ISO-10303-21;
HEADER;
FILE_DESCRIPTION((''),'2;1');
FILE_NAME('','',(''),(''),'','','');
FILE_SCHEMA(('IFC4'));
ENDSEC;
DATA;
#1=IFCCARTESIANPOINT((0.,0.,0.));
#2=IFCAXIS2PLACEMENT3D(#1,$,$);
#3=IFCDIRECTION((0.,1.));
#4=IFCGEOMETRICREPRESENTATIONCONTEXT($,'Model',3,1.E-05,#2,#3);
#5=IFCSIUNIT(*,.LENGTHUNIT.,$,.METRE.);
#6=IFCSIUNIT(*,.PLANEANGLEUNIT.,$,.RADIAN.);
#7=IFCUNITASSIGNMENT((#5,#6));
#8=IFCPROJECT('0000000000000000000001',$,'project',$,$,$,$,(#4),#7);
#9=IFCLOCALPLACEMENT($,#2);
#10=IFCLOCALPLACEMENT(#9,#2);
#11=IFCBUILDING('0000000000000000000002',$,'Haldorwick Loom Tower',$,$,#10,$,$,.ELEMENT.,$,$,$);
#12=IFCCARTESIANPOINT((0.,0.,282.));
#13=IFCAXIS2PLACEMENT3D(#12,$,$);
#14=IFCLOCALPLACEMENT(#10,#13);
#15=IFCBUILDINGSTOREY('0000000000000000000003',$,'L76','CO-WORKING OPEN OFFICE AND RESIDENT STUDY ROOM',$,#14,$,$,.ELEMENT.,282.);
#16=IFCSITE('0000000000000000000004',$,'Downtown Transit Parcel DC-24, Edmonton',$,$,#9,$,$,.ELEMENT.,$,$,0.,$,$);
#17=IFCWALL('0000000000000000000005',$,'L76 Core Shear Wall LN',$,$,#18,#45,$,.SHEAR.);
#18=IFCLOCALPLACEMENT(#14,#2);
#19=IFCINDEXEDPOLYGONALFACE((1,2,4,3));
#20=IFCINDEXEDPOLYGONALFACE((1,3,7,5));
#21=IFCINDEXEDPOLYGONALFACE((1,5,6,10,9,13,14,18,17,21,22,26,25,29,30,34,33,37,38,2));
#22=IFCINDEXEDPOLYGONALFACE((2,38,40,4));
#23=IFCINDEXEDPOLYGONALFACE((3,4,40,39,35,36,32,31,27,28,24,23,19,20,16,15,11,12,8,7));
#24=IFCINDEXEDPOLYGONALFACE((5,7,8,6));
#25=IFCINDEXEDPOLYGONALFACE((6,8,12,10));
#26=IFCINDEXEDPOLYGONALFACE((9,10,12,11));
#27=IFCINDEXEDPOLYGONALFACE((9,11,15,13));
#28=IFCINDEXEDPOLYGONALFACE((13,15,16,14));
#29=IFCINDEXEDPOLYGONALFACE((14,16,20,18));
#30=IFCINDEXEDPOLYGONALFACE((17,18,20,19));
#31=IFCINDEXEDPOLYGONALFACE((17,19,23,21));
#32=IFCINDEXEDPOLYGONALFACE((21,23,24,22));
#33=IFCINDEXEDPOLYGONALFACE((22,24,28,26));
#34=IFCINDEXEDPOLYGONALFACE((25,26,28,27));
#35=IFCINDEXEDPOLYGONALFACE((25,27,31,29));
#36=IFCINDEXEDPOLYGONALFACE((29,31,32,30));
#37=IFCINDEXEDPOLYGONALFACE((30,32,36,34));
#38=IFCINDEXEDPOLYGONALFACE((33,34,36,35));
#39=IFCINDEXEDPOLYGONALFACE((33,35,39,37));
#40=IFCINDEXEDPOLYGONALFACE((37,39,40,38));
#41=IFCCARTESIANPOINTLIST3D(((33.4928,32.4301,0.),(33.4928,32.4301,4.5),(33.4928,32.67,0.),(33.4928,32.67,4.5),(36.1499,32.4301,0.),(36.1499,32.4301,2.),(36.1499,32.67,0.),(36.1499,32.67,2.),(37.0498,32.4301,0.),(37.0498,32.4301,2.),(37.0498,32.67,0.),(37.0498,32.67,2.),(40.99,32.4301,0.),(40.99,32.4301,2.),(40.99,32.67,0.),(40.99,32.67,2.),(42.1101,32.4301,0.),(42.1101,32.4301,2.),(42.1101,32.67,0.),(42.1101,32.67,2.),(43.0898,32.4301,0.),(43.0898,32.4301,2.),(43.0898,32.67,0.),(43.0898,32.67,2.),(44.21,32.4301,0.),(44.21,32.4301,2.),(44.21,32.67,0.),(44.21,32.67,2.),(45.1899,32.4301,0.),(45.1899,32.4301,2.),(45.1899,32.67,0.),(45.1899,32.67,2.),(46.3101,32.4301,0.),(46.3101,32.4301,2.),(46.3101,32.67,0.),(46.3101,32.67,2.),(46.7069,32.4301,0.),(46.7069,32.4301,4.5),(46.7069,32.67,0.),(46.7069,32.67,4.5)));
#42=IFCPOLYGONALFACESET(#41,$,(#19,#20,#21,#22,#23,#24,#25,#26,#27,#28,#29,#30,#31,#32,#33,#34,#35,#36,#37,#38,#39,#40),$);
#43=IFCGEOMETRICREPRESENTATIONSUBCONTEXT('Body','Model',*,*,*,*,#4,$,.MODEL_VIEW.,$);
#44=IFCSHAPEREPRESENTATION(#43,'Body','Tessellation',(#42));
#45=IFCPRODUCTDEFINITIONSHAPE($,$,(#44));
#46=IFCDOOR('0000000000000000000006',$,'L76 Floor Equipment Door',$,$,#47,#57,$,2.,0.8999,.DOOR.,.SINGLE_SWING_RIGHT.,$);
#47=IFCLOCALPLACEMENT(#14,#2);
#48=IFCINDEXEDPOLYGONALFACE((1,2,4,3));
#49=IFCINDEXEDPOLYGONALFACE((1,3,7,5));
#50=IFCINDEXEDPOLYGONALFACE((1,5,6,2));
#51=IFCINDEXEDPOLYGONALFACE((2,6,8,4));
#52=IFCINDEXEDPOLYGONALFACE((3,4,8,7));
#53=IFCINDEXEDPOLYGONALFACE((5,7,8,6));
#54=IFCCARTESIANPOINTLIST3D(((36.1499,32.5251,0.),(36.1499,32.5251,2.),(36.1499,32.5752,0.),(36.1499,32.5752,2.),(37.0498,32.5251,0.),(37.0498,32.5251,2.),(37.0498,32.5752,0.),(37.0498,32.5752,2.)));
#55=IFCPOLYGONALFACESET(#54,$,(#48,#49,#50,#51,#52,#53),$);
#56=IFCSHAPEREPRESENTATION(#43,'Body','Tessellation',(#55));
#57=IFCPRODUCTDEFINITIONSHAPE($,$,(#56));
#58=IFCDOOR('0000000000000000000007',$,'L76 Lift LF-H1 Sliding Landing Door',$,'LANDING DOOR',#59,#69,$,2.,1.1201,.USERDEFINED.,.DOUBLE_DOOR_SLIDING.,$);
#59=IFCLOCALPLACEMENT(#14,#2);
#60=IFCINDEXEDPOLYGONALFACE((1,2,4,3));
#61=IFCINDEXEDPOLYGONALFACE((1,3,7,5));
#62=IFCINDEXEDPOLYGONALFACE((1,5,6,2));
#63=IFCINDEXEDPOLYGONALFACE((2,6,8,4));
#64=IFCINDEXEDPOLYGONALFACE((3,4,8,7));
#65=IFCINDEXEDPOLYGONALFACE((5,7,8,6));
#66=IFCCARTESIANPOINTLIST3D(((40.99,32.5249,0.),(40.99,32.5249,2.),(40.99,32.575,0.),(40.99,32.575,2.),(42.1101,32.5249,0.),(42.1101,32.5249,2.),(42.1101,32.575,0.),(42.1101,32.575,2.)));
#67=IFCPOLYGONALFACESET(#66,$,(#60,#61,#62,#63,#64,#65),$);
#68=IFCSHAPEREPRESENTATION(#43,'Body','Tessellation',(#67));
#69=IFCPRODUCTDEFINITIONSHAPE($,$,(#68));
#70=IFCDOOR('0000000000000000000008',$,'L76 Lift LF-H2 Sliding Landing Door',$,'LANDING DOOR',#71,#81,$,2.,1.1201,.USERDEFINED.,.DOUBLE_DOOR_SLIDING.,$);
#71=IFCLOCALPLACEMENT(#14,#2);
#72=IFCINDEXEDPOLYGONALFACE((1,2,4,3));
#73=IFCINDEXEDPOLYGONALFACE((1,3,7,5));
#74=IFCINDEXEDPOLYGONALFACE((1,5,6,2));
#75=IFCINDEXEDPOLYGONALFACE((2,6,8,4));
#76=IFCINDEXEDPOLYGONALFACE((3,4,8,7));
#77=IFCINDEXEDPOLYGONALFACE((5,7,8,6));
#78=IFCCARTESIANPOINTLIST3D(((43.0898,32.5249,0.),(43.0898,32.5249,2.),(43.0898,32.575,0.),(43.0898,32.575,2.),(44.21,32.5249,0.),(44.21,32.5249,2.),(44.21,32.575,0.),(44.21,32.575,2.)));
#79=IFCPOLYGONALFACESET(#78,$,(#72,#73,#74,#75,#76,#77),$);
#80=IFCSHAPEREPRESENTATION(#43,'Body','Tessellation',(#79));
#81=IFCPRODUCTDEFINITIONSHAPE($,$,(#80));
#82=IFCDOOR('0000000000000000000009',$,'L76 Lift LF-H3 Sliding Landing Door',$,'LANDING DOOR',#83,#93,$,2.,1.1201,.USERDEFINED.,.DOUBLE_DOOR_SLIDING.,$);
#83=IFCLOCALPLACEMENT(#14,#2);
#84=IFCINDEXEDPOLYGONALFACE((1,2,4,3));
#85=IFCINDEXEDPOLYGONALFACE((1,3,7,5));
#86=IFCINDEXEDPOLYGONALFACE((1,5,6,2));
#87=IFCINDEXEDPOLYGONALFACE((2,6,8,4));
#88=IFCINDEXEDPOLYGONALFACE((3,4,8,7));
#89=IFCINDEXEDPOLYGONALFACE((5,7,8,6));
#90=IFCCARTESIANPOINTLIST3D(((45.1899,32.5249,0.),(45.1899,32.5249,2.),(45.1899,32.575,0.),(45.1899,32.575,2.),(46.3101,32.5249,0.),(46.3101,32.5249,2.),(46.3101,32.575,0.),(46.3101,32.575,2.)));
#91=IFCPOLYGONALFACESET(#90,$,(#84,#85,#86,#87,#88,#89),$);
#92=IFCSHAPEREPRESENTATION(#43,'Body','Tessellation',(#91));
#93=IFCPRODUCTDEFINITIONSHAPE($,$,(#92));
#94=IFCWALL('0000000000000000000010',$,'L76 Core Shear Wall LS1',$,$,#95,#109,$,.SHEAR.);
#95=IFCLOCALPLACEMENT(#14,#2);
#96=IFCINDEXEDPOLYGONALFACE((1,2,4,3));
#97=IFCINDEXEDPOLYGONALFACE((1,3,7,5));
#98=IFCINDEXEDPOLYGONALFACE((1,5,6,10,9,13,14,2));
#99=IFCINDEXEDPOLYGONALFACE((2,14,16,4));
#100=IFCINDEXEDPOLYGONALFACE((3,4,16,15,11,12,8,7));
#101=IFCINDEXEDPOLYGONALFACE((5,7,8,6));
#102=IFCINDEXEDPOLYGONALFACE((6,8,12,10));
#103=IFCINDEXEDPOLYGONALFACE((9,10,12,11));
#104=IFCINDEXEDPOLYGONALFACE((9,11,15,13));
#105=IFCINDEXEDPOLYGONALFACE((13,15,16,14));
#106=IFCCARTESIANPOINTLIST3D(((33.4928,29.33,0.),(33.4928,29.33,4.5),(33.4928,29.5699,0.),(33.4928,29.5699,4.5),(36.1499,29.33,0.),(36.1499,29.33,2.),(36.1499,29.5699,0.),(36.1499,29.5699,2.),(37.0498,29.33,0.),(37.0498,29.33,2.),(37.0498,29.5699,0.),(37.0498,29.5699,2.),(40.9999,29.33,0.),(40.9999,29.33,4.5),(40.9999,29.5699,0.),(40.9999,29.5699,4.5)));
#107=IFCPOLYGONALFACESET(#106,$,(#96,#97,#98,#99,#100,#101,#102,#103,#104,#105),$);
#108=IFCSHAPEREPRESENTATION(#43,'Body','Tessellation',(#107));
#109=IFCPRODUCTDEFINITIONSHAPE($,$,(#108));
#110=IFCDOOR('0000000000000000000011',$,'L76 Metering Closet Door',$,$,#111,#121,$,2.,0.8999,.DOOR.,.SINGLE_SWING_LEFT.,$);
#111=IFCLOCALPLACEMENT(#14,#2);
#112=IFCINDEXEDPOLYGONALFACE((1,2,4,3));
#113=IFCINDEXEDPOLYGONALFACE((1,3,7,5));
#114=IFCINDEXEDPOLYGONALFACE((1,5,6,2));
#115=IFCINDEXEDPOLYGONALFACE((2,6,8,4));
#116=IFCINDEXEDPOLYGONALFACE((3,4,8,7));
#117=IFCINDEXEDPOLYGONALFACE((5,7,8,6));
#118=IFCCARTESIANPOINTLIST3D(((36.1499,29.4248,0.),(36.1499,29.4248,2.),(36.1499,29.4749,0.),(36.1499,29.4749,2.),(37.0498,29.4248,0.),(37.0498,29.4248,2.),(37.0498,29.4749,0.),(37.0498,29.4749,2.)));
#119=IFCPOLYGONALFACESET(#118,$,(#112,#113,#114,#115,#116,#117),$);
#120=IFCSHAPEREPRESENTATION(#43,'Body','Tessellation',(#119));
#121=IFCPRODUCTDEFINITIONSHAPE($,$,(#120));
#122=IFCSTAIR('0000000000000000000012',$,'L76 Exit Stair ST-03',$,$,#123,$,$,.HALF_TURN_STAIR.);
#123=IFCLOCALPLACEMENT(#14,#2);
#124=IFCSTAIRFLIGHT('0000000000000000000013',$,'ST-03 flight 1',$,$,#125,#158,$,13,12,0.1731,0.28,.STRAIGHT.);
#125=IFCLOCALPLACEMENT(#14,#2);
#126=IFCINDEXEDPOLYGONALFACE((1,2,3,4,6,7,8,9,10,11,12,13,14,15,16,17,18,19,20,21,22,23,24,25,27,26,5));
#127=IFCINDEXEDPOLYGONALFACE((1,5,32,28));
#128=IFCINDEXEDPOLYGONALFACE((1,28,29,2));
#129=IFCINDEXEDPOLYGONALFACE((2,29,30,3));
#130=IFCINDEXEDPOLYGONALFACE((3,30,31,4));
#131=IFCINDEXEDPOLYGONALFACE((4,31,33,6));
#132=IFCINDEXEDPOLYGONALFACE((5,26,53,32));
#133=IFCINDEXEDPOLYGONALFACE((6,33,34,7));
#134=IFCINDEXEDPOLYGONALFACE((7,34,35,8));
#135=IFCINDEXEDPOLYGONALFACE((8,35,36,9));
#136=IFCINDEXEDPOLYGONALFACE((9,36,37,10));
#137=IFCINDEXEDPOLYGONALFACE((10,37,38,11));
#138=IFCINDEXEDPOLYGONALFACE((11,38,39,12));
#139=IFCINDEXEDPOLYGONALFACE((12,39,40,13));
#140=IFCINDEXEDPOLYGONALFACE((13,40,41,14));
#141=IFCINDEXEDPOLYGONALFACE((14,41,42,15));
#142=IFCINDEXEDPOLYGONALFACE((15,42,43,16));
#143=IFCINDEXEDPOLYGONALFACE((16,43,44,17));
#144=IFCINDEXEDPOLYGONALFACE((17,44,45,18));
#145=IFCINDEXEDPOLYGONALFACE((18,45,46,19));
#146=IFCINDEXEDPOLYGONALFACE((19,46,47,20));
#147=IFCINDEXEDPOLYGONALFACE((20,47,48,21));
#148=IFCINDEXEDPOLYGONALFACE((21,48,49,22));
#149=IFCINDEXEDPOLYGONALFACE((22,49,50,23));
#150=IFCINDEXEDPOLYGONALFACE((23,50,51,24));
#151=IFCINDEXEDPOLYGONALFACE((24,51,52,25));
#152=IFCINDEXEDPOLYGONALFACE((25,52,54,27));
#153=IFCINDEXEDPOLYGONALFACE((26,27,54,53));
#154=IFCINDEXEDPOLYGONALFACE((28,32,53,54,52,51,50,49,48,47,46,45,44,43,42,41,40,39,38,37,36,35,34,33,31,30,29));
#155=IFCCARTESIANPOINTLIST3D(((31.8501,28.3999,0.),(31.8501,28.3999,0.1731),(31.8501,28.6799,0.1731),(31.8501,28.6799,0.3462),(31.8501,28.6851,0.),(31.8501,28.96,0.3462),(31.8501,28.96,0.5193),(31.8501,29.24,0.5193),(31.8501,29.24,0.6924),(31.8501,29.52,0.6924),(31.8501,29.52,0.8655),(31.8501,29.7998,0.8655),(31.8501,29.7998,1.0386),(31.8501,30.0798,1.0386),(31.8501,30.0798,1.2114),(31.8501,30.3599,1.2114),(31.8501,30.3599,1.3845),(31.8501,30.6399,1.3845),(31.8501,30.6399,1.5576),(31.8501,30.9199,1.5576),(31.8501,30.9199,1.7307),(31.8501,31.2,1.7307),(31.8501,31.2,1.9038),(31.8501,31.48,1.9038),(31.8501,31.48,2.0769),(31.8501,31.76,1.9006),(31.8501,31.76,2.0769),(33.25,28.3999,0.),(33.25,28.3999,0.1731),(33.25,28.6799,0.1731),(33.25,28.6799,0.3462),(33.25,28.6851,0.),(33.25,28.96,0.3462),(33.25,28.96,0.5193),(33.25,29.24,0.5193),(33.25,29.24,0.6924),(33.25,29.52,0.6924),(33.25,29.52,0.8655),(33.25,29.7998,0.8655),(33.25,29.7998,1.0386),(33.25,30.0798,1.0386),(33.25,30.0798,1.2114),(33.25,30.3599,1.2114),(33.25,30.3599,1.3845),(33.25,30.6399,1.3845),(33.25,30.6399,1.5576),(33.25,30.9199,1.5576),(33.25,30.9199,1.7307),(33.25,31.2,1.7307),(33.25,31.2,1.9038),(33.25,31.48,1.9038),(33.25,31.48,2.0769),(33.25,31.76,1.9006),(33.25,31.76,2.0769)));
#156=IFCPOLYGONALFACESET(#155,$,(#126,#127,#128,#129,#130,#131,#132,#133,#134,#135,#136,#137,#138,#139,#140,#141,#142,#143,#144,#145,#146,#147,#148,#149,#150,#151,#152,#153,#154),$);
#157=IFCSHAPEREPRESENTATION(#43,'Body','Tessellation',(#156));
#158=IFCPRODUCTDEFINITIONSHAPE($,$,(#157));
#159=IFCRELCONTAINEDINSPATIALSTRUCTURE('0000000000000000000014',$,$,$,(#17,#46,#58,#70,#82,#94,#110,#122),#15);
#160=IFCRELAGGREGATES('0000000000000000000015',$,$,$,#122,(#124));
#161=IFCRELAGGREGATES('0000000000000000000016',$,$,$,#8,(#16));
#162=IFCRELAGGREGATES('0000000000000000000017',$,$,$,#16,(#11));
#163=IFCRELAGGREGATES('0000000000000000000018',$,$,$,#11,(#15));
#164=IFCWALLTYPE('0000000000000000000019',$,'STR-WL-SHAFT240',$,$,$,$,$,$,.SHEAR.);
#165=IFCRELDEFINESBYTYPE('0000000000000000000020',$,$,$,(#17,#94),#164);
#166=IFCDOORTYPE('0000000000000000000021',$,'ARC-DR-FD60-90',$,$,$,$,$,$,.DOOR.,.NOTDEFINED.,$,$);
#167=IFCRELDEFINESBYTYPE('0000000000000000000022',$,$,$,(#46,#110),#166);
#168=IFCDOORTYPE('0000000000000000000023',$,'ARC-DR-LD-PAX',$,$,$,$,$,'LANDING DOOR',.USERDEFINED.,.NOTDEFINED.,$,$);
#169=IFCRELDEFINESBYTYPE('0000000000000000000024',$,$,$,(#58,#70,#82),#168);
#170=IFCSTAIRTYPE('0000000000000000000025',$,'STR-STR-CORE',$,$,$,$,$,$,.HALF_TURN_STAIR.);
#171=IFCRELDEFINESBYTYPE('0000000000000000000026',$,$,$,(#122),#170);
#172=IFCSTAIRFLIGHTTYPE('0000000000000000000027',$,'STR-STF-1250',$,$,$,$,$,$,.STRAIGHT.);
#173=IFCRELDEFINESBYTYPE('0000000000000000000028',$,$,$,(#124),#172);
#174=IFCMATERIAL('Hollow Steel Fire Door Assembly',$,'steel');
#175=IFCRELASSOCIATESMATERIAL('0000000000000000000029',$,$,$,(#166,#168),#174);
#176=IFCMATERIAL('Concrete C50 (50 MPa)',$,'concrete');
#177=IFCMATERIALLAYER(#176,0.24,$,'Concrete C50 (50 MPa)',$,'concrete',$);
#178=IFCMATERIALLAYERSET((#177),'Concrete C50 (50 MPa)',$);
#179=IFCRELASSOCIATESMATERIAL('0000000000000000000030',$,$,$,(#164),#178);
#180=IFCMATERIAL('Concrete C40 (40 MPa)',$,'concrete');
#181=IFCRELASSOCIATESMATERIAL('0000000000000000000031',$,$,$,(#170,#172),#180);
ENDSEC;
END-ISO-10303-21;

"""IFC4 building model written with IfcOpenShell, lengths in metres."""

from ifc_helpers import new_model, si_unit, direction, frame, frame_2d, origin, place, context, subcontext, project, spatial, polyline, rectangle, outline, extrude, material, layer, layer_set, type_object, element, fill, aggregate, save


model = new_model("IFC4")

# Units and contexts
model_context = context("Model", 3, precision=1e-05, world=origin(), true_north=direction((0.0, 1.0)))
body_context = subcontext(model_context, "Body", "Model", "MODEL_VIEW")
ifc_project = project(units=[si_unit("LENGTHUNIT", "METRE"), si_unit("PLANEANGLEUNIT", "RADIAN")], contexts=[model_context])

# Site, building, storey
site_placement = place(None, origin())
site = spatial("IfcSite", under=ifc_project, at=site_placement, Name="Downtown Transit Parcel DC-24, Edmonton", CompositionType="ELEMENT", RefElevation=0.0)
building_placement = place(site_placement, origin())
building = spatial("IfcBuilding", under=site, at=building_placement, Name="Haldorwick Loom Tower", CompositionType="ELEMENT")
storey_placement = place(building_placement, frame((0.0, 0.0, 282.0)))
storey = spatial("IfcBuildingStorey", under=building, at=storey_placement, Name="L76", Description="CO-WORKING OPEN OFFICE AND RESIDENT STUDY ROOM", CompositionType="ELEMENT", Elevation=282.0)

# Shared definitions
ifc_material_1 = material(Name="Hollow Steel Fire Door Assembly", Category="steel")
door_type_1 = type_object("IfcDoorType", Name="ARC-DR-FD60-90", OperationType="NOTDEFINED", PredefinedType="DOOR", material=ifc_material_1)

# Shared definitions
ifc_material_2 = material(Name="Concrete C50 (50 MPa)", Category="concrete")
ifc_layer_1 = layer(ifc_material_2, 0.24, Name="Concrete C50 (50 MPa)", Category="concrete")
ifc_layer_set_1 = layer_set([ifc_layer_1], Name="Concrete C50 (50 MPa)")
wall_type_1 = type_object("IfcWallType", Name="STR-WL-SHAFT240", PredefinedType="SHEAR", material=ifc_layer_set_1)

# Wall, openings, doors
wall_1_placement = place(storey_placement, frame((33.4929, 32.55, 0.0), z_axis=(0.0, 0.0, 1.0), x_axis=(1.0, 0.0, 0.0)))
wall_1 = element("IfcWall", 1, at=wall_1_placement, inside=storey, type_object=wall_type_1, Name="L76 Core Shear Wall LN", PredefinedType="SHEAR", context=body_context, shape_type="SweptSolid", body=[
    extrude(rectangle(XDim=13.2141, YDim=0.24, at=frame_2d((6.6069, 0.0))), origin(), (0.0, 0.0, 1.0), 4.5),
])
opening_1_placement = place(wall_1_placement, frame((2.657, 0.0, 0.0)))
opening_1 = element("IfcOpeningElement", 2, at=opening_1_placement, cuts=wall_1, PredefinedType="OPENING", context=body_context, shape_type="SweptSolid", body=[
    extrude(rectangle(XDim=0.8999, YDim=2.0, at=frame_2d((0.45, 1.0))), frame((0.0, 0.1299, 0.0), z_axis=(0.0, -1.0, 0.0), x_axis=(1.0, 0.0, 0.0)), (0.0, 0.0, 1.0), 0.26),
])
opening_2_placement = place(wall_1_placement, frame((7.4971, 0.0, 0.0)))
opening_2 = element("IfcOpeningElement", 3, at=opening_2_placement, cuts=wall_1, PredefinedType="OPENING", context=body_context, shape_type="SweptSolid", body=[
    extrude(rectangle(XDim=1.1201, YDim=2.0, at=frame_2d((0.5601, 1.0))), frame((0.0, 0.1299, 0.0), z_axis=(0.0, -1.0, 0.0), x_axis=(1.0, 0.0, 0.0)), (0.0, 0.0, 1.0), 0.26),
])
opening_3_placement = place(wall_1_placement, frame((9.5969, 0.0, 0.0)))
opening_3 = element("IfcOpeningElement", 4, at=opening_3_placement, cuts=wall_1, PredefinedType="OPENING", context=body_context, shape_type="SweptSolid", body=[
    extrude(rectangle(XDim=1.1201, YDim=2.0, at=frame_2d((0.5601, 1.0))), frame((0.0, 0.1299, 0.0), z_axis=(0.0, -1.0, 0.0), x_axis=(1.0, 0.0, 0.0)), (0.0, 0.0, 1.0), 0.26),
])
opening_4_placement = place(wall_1_placement, frame((11.697, 0.0, 0.0)))
opening_4 = element("IfcOpeningElement", 5, at=opening_4_placement, cuts=wall_1, PredefinedType="OPENING", context=body_context, shape_type="SweptSolid", body=[
    extrude(rectangle(XDim=1.1201, YDim=2.0, at=frame_2d((0.5601, 1.0))), frame((0.0, 0.1299, 0.0), z_axis=(0.0, -1.0, 0.0), x_axis=(1.0, 0.0, 0.0)), (0.0, 0.0, 1.0), 0.26),
])
door_1_placement = place(opening_1_placement, frame((0.8999, 0.0, 0.0), z_axis=(0.0, 0.0, 1.0), x_axis=(-1.0, 0.0, 0.0)))
door_1 = element("IfcDoor", 6, at=door_1_placement, inside=storey, type_object=door_type_1, Name="L76 Floor Equipment Door", OperationType="SINGLE_SWING_RIGHT", OverallHeight=2.0, OverallWidth=0.8999, PredefinedType="DOOR", context=body_context, shape_type="SweptSolid", body=[
    extrude(rectangle(XDim=0.8999, YDim=2.0, at=frame_2d((0.45, 1.0))), frame((0.0, 0.0249, 0.0), z_axis=(0.0, -1.0, 0.0), x_axis=(1.0, 0.0, 0.0)), (0.0, 0.0, 1.0), 0.05),
])
fill(opening_1, door_1)
door_type_2 = type_object("IfcDoorType", Name="ARC-DR-LD-PAX", ElementType="LANDING DOOR", OperationType="NOTDEFINED", PredefinedType="USERDEFINED", material=ifc_material_1)
door_2_placement = place(opening_2_placement, origin())
door_2 = element("IfcDoor", 7, at=door_2_placement, inside=storey, type_object=door_type_2, Name="L76 Lift LF-H1 Sliding Landing Door", ObjectType="LANDING DOOR", OperationType="DOUBLE_DOOR_SLIDING", OverallHeight=2.0, OverallWidth=1.1201, PredefinedType="USERDEFINED", context=body_context, shape_type="SweptSolid", body=[
    extrude(rectangle(XDim=1.1201, YDim=2.0, at=frame_2d((0.5601, 1.0))), frame((0.0, 0.0249, 0.0), z_axis=(0.0, -1.0, 0.0), x_axis=(1.0, 0.0, 0.0)), (0.0, 0.0, 1.0), 0.05),
])
fill(opening_2, door_2)
door_3_placement = place(opening_3_placement, origin())
door_3 = element("IfcDoor", 8, at=door_3_placement, inside=storey, type_object=door_type_2, Name="L76 Lift LF-H2 Sliding Landing Door", ObjectType="LANDING DOOR", OperationType="DOUBLE_DOOR_SLIDING", OverallHeight=2.0, OverallWidth=1.1201, PredefinedType="USERDEFINED", context=body_context, shape_type="SweptSolid", body=[
    extrude(rectangle(XDim=1.1201, YDim=2.0, at=frame_2d((0.5601, 1.0))), frame((0.0, 0.0249, 0.0), z_axis=(0.0, -1.0, 0.0), x_axis=(1.0, 0.0, 0.0)), (0.0, 0.0, 1.0), 0.05),
])
fill(opening_3, door_3)
door_4_placement = place(opening_4_placement, origin())
door_4 = element("IfcDoor", 9, at=door_4_placement, inside=storey, type_object=door_type_2, Name="L76 Lift LF-H3 Sliding Landing Door", ObjectType="LANDING DOOR", OperationType="DOUBLE_DOOR_SLIDING", OverallHeight=2.0, OverallWidth=1.1201, PredefinedType="USERDEFINED", context=body_context, shape_type="SweptSolid", body=[
    extrude(rectangle(XDim=1.1201, YDim=2.0, at=frame_2d((0.5601, 1.0))), frame((0.0, 0.0249, 0.0), z_axis=(0.0, -1.0, 0.0), x_axis=(1.0, 0.0, 0.0)), (0.0, 0.0, 1.0), 0.05),
])
fill(opening_4, door_4)

# Wall, opening, door
wall_2_placement = place(storey_placement, frame((33.4929, 29.45, 0.0), z_axis=(0.0, 0.0, 1.0), x_axis=(1.0, 0.0, 0.0)))
wall_2 = element("IfcWall", 10, at=wall_2_placement, inside=storey, type_object=wall_type_1, Name="L76 Core Shear Wall LS1", PredefinedType="SHEAR", context=body_context, shape_type="SweptSolid", body=[
    extrude(rectangle(XDim=7.5071, YDim=0.24, at=frame_2d((3.7534, 0.0))), origin(), (0.0, 0.0, 1.0), 4.5),
])
opening_5_placement = place(wall_2_placement, frame((2.657, 0.0, 0.0)))
opening_5 = element("IfcOpeningElement", 11, at=opening_5_placement, cuts=wall_2, PredefinedType="OPENING", context=body_context, shape_type="SweptSolid", body=[
    extrude(rectangle(XDim=0.8999, YDim=2.0, at=frame_2d((0.45, 1.0))), frame((0.0, 0.1299, 0.0), z_axis=(0.0, -1.0, 0.0), x_axis=(1.0, 0.0, 0.0)), (0.0, 0.0, 1.0), 0.26),
])
door_5_placement = place(opening_5_placement, origin())
door_5 = element("IfcDoor", 12, at=door_5_placement, inside=storey, type_object=door_type_1, Name="L76 Metering Closet Door", OperationType="SINGLE_SWING_LEFT", OverallHeight=2.0, OverallWidth=0.8999, PredefinedType="DOOR", context=body_context, shape_type="SweptSolid", body=[
    extrude(rectangle(XDim=0.8999, YDim=2.0, at=frame_2d((0.45, 1.0))), frame((0.0, 0.0249, 0.0), z_axis=(0.0, -1.0, 0.0), x_axis=(1.0, 0.0, 0.0)), (0.0, 0.0, 1.0), 0.05),
])
fill(opening_5, door_5)

# Stair, stair flight
ifc_material_3 = material(Name="Concrete C40 (40 MPa)", Category="concrete")
stair_type = type_object("IfcStairType", Name="STR-STR-CORE", PredefinedType="HALF_TURN_STAIR", material=ifc_material_3)
stair_placement = place(storey_placement, origin())
stair = element("IfcStair", 13, at=stair_placement, inside=storey, type_object=stair_type, Name="L76 Exit Stair ST-03", PredefinedType="HALF_TURN_STAIR")
stair_flight_type = type_object("IfcStairFlightType", Name="STR-STF-1250", PredefinedType="STRAIGHT", material=ifc_material_3)
stair_flight_1_placement = place(storey_placement, frame((32.55, 28.3999, 0.0), z_axis=(0.0, 0.0, 1.0), x_axis=(0.0, 1.0, 0.0)))
stair_flight_1 = element("IfcStairFlight", 14, at=stair_flight_1_placement, type_object=stair_flight_type, Name="ST-03 flight 1", NumberOfRisers=13, NumberOfTreads=12, PredefinedType="STRAIGHT", RiserHeight=0.1731, TreadLength=0.28, context=body_context, shape_type="SweptSolid", body=[
    extrude(outline(polyline([(0.0, 0.0), (0.0, 0.1731), (0.28, 0.1731), (0.28, 0.3462), (0.5601, 0.3462), (0.5601, 0.5193), (0.8401, 0.5193), (0.8401, 0.6924), (1.1201, 0.6924), (1.1201, 0.8655), (1.3999, 0.8655), (1.3999, 1.0386), (1.6799, 1.0386), (1.6799, 1.2114), (1.96, 1.2114), (1.96, 1.3845), (2.24, 1.3845), (2.24, 1.5576), (2.52, 1.5576), (2.52, 1.7307), (2.8, 1.7307), (2.8, 1.9038), (3.0801, 1.9038), (3.0801, 2.0769), (3.3601, 2.0769), (3.3601, 2.25), (3.3601, 1.9006), (0.2852, 0.0), (0.0, 0.0)])), frame((0.0, 0.7, 0.0), z_axis=(0.0, -1.0, 0.0), x_axis=(1.0, 0.0, 0.0)), (0.0, 0.0, 1.0), 1.3999),
])
aggregate(stair, [stair_flight_1])

save(model, "model.ifc")
